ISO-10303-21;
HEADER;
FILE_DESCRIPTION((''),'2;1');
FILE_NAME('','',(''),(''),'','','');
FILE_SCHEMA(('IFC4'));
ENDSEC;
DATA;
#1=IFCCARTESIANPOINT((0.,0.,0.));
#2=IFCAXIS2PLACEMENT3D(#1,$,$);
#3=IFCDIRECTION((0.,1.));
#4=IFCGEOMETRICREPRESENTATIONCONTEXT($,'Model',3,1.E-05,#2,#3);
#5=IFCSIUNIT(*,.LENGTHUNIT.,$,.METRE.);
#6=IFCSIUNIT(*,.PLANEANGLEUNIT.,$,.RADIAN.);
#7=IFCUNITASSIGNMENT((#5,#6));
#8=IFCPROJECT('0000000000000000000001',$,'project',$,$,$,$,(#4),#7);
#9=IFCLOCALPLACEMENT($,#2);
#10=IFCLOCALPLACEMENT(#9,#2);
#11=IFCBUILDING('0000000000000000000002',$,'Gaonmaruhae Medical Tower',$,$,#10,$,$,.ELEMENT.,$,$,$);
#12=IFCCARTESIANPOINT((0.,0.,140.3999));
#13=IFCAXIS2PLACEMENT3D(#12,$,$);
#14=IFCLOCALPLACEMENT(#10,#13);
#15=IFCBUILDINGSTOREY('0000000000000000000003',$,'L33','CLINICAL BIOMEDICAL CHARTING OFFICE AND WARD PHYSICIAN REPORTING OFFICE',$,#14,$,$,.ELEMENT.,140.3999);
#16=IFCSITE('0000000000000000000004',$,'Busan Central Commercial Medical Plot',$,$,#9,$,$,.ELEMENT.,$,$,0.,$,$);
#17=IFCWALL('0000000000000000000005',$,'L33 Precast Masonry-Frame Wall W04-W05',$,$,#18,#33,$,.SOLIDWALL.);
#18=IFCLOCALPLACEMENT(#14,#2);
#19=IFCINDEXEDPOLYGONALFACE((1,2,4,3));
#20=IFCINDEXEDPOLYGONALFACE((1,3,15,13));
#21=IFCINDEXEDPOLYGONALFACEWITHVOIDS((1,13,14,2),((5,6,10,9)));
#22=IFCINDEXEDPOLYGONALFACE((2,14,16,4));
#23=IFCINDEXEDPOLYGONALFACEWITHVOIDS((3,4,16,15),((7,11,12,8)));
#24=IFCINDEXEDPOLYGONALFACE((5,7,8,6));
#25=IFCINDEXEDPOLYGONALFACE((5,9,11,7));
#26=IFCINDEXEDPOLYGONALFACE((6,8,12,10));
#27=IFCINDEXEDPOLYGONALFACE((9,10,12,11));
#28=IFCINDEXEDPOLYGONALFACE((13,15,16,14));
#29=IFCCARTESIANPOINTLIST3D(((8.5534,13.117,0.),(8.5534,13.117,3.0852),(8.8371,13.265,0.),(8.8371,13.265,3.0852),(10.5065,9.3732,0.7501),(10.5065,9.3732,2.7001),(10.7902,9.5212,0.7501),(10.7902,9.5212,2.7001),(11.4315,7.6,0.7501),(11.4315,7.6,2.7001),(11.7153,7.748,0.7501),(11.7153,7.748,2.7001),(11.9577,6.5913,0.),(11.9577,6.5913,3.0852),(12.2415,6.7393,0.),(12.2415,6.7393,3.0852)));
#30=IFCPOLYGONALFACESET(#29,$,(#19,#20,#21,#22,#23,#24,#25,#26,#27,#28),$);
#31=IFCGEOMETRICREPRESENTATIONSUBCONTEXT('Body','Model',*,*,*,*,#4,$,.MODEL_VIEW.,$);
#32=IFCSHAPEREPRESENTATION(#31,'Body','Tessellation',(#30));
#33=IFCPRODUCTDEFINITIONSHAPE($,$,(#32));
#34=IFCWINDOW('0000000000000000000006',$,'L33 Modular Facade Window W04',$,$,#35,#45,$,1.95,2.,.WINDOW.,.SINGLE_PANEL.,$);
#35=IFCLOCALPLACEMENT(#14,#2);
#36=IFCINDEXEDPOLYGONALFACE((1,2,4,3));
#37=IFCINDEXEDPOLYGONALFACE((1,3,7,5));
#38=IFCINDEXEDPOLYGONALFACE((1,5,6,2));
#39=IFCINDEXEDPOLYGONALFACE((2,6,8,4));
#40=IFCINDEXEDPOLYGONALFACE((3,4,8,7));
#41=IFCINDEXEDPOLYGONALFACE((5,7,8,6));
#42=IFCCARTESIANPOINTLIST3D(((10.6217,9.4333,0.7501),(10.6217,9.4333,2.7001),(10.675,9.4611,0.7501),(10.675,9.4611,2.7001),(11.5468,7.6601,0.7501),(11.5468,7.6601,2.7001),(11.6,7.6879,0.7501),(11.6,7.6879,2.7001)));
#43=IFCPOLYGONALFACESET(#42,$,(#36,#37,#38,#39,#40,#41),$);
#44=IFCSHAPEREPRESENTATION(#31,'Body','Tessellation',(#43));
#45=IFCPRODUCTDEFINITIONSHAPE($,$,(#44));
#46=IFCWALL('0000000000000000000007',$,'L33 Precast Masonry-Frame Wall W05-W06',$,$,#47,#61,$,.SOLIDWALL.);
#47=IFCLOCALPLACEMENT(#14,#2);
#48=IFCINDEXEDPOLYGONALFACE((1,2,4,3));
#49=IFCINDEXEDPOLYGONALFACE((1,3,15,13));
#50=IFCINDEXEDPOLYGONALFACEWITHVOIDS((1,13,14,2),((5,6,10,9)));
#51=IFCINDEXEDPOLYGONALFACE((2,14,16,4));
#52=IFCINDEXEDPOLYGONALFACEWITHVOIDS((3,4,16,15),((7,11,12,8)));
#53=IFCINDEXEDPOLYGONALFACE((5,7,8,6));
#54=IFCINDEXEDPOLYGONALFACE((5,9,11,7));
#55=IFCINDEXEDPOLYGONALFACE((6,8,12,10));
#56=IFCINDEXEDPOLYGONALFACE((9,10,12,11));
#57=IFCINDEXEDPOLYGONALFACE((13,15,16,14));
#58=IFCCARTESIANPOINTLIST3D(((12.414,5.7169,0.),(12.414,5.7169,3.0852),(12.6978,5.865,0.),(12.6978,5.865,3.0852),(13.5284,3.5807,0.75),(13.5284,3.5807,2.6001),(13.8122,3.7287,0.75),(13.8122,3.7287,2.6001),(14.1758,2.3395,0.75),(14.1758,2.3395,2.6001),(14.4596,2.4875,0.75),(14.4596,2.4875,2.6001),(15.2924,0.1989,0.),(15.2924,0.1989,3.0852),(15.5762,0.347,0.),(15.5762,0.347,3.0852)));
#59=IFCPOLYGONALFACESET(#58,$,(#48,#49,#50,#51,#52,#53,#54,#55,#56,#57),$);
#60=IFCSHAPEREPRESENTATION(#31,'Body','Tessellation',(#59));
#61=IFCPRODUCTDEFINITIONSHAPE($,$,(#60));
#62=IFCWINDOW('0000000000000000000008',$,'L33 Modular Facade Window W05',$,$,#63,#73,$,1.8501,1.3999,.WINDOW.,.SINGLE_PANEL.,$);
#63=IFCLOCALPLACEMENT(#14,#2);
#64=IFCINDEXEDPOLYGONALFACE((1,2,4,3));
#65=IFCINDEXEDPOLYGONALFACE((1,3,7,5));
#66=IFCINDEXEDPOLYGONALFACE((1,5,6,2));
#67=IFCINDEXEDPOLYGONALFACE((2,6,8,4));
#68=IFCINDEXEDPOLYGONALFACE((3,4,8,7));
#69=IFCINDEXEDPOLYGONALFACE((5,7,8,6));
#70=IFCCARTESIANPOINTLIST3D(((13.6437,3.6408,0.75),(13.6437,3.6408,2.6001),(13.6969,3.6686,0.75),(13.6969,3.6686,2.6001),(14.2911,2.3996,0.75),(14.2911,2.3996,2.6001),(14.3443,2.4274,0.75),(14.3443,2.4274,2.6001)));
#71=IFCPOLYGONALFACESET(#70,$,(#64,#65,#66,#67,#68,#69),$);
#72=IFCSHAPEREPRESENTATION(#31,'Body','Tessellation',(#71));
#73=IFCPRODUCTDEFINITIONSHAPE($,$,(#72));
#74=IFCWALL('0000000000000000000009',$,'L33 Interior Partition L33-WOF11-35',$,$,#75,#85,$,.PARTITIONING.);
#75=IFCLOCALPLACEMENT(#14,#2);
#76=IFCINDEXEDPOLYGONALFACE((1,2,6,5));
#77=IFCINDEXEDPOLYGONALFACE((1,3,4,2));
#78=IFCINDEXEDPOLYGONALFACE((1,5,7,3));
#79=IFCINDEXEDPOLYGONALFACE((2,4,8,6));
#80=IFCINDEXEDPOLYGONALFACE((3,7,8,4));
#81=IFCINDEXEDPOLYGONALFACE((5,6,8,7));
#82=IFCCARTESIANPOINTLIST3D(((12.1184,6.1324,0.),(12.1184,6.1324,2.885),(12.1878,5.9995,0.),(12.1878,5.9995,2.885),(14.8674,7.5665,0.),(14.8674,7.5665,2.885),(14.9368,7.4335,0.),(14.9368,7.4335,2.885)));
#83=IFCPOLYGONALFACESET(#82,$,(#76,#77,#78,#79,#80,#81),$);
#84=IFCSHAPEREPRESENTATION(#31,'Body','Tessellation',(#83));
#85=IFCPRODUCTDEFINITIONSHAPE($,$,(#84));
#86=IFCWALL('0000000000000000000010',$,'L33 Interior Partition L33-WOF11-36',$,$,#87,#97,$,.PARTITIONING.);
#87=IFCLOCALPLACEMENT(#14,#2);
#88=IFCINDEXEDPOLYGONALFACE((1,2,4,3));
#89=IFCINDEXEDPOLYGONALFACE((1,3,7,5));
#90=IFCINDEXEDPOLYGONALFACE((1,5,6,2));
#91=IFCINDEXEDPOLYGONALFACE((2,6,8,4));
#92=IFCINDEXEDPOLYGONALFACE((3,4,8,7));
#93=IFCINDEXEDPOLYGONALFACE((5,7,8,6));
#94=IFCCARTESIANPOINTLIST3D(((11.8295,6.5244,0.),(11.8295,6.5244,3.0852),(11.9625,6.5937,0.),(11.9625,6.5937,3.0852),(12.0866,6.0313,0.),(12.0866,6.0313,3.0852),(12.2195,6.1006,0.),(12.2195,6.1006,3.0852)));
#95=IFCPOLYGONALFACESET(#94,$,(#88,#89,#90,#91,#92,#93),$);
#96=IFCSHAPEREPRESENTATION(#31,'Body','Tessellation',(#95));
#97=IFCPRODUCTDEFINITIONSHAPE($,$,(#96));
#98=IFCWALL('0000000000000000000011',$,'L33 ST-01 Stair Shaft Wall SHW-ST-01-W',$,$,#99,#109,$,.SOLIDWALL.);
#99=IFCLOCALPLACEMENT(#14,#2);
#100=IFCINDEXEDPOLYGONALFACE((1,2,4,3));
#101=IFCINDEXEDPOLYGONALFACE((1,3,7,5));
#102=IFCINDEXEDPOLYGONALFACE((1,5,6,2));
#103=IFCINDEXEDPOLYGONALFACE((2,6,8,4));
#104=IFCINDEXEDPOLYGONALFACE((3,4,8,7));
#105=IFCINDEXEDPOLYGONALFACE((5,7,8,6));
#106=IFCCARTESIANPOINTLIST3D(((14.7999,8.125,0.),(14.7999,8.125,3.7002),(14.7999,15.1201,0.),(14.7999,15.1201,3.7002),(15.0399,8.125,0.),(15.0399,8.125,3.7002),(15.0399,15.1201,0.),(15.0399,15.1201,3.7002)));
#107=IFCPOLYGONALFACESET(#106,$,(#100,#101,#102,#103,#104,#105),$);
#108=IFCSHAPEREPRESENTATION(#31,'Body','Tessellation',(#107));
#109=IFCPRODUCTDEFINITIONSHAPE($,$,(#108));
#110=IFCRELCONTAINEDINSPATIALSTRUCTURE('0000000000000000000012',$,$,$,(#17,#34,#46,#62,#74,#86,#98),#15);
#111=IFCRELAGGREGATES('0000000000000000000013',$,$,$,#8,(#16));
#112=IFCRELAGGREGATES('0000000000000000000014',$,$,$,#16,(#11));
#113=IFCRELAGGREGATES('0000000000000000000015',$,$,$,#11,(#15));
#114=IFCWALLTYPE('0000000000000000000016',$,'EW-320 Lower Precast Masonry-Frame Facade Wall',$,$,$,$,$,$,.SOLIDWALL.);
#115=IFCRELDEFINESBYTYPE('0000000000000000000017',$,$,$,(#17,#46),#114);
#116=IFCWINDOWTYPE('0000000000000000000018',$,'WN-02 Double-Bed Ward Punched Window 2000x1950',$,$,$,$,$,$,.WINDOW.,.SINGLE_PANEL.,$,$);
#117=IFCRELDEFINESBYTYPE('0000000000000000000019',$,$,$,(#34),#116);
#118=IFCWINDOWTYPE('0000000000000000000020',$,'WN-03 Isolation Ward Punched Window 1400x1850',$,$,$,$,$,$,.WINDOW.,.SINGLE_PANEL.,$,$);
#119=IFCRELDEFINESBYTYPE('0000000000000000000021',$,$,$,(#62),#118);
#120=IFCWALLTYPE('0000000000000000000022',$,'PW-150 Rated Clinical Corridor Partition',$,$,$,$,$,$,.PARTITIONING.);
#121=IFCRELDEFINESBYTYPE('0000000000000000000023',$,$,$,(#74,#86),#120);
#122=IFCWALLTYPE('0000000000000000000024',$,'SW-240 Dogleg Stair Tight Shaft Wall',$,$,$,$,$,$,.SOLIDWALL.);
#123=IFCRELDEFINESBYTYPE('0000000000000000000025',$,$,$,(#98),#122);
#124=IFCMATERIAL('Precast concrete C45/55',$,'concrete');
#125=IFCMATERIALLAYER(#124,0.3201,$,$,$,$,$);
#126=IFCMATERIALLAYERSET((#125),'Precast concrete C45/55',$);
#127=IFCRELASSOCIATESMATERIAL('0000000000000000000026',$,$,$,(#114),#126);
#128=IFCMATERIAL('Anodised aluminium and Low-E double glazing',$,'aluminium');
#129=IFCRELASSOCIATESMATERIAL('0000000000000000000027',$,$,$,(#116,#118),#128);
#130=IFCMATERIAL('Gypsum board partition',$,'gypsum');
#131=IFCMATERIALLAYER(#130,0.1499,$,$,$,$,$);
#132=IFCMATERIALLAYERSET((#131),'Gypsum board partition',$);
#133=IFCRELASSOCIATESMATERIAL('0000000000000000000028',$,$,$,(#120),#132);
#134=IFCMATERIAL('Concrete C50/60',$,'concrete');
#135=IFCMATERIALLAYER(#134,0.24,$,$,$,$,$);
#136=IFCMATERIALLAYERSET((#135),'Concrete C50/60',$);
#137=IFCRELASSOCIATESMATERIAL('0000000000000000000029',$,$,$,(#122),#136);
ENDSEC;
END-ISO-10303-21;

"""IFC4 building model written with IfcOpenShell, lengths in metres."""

from ifc_helpers import new_model, si_unit, direction, frame, frame_2d, origin, place, context, subcontext, project, spatial, rectangle, extrude, material, layer, layer_set, type_object, element, fill, save


model = new_model("IFC4")

# Units and contexts
model_context = context("Model", 3, precision=1e-05, world=origin(), true_north=direction((0.0, 1.0)))
body_context = subcontext(model_context, "Body", "Model", "MODEL_VIEW")
ifc_project = project(units=[si_unit("LENGTHUNIT", "METRE"), si_unit("PLANEANGLEUNIT", "RADIAN")], contexts=[model_context])

# Site, building, storey
site_placement = place(None, origin())
site = spatial("IfcSite", under=ifc_project, at=site_placement, Name="Busan Central Commercial Medical Plot", CompositionType="ELEMENT", RefElevation=0.0)
building_placement = place(site_placement, origin())
building = spatial("IfcBuilding", under=site, at=building_placement, Name="Gaonmaruhae Medical Tower", CompositionType="ELEMENT")
storey_placement = place(building_placement, frame((0.0, 0.0, 140.3999)))
storey = spatial("IfcBuildingStorey", under=building, at=storey_placement, Name="L33", Description="CLINICAL BIOMEDICAL CHARTING OFFICE AND WARD PHYSICIAN REPORTING OFFICE", CompositionType="ELEMENT", Elevation=140.3999)

# Walls, openings, windows
ifc_material_1 = material(Name="Precast concrete C45/55", Category="concrete")
ifc_layer_1 = layer(ifc_material_1, 0.3201)
ifc_layer_set_1 = layer_set([ifc_layer_1], Name="Precast concrete C45/55")
wall_type_1 = type_object("IfcWallType", Name="EW-320 Lower Precast Masonry-Frame Facade Wall", PredefinedType="SOLIDWALL", material=ifc_layer_set_1)
wall_1_placement = place(storey_placement, frame((12.0996, 6.6653, 0.0), z_axis=(0.0, 0.0, 1.0), x_axis=(-0.462525, 0.886606, 0.0)))
wall_1 = element("IfcWall", 1, at=wall_1_placement, inside=storey, type_object=wall_type_1, Name="L33 Precast Masonry-Frame Wall W04-W05", PredefinedType="SOLIDWALL", context=body_context, shape_type="SweptSolid", body=[
    extrude(rectangle(XDim=7.3604, YDim=0.3201, at=frame_2d((3.6802, 0.0))), origin(), (0.0, 0.0, 1.0), 3.0852),
])
opening_1_placement = place(wall_1_placement, frame((1.1377, 0.0, 0.75)))
opening_1 = element("IfcOpeningElement", 2, at=opening_1_placement, cuts=wall_1, PredefinedType="OPENING", context=body_context, shape_type="SweptSolid", body=[
    extrude(rectangle(XDim=2.0, YDim=1.95, at=frame_2d((1.0, 0.9751))), frame((0.0, 0.1699, 0.0), z_axis=(0.0, -1.0, 0.0), x_axis=(1.0, 0.0, 0.0)), (0.0, 0.0, 1.0), 0.3401),
])
ifc_material_2 = material(Name="Anodised aluminium and Low-E double glazing", Category="aluminium")
window_type_1 = type_object("IfcWindowType", Name="WN-02 Double-Bed Ward Punched Window 2000x1950", PartitioningType="SINGLE_PANEL", PredefinedType="WINDOW", material=ifc_material_2)
window_1_placement = place(opening_1_placement, origin())
window_1 = element("IfcWindow", 3, at=window_1_placement, inside=storey, type_object=window_type_1, Name="L33 Modular Facade Window W04", OverallHeight=1.95, OverallWidth=2.0, PartitioningType="SINGLE_PANEL", PredefinedType="WINDOW", context=body_context, shape_type="SweptSolid", body=[
    extrude(rectangle(XDim=2.0, YDim=1.95, at=frame_2d((1.0, 0.9751))), frame((0.0, 0.03, 0.0), z_axis=(0.0, -1.0, 0.0), x_axis=(1.0, 0.0, 0.0)), (0.0, 0.0, 1.0), 0.0601),
])
fill(opening_1, window_1)
wall_2_placement = place(storey_placement, frame((15.4343, 0.2729, 0.0), z_axis=(0.0, 0.0, 1.0), x_axis=(-0.462494, 0.886623, 0.0)))
wall_2 = element("IfcWall", 4, at=wall_2_placement, inside=storey, type_object=wall_type_1, Name="L33 Precast Masonry-Frame Wall W05-W06", PredefinedType="SOLIDWALL", context=body_context, shape_type="SweptSolid", body=[
    extrude(rectangle(XDim=6.2236, YDim=0.3201, at=frame_2d((3.1118, 0.0))), origin(), (0.0, 0.0, 1.0), 3.0852),
])
opening_2_placement = place(wall_2_placement, frame((2.4143, 0.0, 0.75)))
opening_2 = element("IfcOpeningElement", 5, at=opening_2_placement, cuts=wall_2, PredefinedType="OPENING", context=body_context, shape_type="SweptSolid", body=[
    extrude(rectangle(XDim=1.3999, YDim=1.8501, at=frame_2d((0.7, 0.925))), frame((0.0, 0.1699, 0.0), z_axis=(0.0, -1.0, 0.0), x_axis=(1.0, 0.0, 0.0)), (0.0, 0.0, 1.0), 0.3401),
])
window_type_2 = type_object("IfcWindowType", Name="WN-03 Isolation Ward Punched Window 1400x1850", PartitioningType="SINGLE_PANEL", PredefinedType="WINDOW", material=ifc_material_2)
window_2_placement = place(opening_2_placement, origin())
window_2 = element("IfcWindow", 6, at=window_2_placement, inside=storey, type_object=window_type_2, Name="L33 Modular Facade Window W05", OverallHeight=1.8501, OverallWidth=1.3999, PartitioningType="SINGLE_PANEL", PredefinedType="WINDOW", context=body_context, shape_type="SweptSolid", body=[
    extrude(rectangle(XDim=1.3999, YDim=1.8501, at=frame_2d((0.7, 0.925))), frame((0.0, 0.03, 0.0), z_axis=(0.0, -1.0, 0.0), x_axis=(1.0, 0.0, 0.0)), (0.0, 0.0, 1.0), 0.0601),
])
fill(opening_2, window_2)

# Walls
ifc_material_3 = material(Name="Gypsum board partition", Category="gypsum")
ifc_layer_2 = layer(ifc_material_3, 0.1499)
ifc_layer_set_2 = layer_set([ifc_layer_2], Name="Gypsum board partition")
wall_type_2 = type_object("IfcWallType", Name="PW-150 Rated Clinical Corridor Partition", PredefinedType="PARTITIONING", material=ifc_layer_set_2)
wall_3_placement = place(storey_placement, frame((14.9021, 7.5, 0.0), z_axis=(0.0, 0.0, 1.0), x_axis=(-0.88661, -0.462518, 0.0)))
element("IfcWall", 7, at=wall_3_placement, inside=storey, type_object=wall_type_2, Name="L33 Interior Partition L33-WOF11-35", PredefinedType="PARTITIONING", context=body_context, shape_type="SweptSolid", body=[
    extrude(rectangle(XDim=3.1006, YDim=0.1499, at=frame_2d((1.5503, 0.0))), origin(), (0.0, 0.0, 1.0), 2.885),
])
wall_4_placement = place(storey_placement, frame((12.1531, 6.0659, 0.0), z_axis=(0.0, 0.0, 1.0), x_axis=(-0.462251, 0.886749, 0.0)))
element("IfcWall", 8, at=wall_4_placement, inside=storey, type_object=wall_type_2, Name="L33 Interior Partition L33-WOF11-36", PredefinedType="PARTITIONING", context=body_context, shape_type="SweptSolid", body=[
    extrude(rectangle(XDim=0.5562, YDim=0.1499, at=frame_2d((0.2781, 0.0))), origin(), (0.0, 0.0, 1.0), 3.0852),
])
ifc_material_4 = material(Name="Concrete C50/60", Category="concrete")
ifc_layer_3 = layer(ifc_material_4, 0.24)
ifc_layer_set_3 = layer_set([ifc_layer_3], Name="Concrete C50/60")
wall_type_3 = type_object("IfcWallType", Name="SW-240 Dogleg Stair Tight Shaft Wall", PredefinedType="SOLIDWALL", material=ifc_layer_set_3)
wall_5_placement = place(storey_placement, frame((14.9199, 8.125, 0.0), z_axis=(0.0, 0.0, 1.0), x_axis=(0.0, 1.0, 0.0)))
element("IfcWall", 9, at=wall_5_placement, inside=storey, type_object=wall_type_3, Name="L33 ST-01 Stair Shaft Wall SHW-ST-01-W", PredefinedType="SOLIDWALL", context=body_context, shape_type="SweptSolid", body=[
    extrude(rectangle(XDim=6.9951, YDim=0.24, at=frame_2d((3.4976, 0.0))), origin(), (0.0, 0.0, 1.0), 3.7002),
])

save(model, "model.ifc")
